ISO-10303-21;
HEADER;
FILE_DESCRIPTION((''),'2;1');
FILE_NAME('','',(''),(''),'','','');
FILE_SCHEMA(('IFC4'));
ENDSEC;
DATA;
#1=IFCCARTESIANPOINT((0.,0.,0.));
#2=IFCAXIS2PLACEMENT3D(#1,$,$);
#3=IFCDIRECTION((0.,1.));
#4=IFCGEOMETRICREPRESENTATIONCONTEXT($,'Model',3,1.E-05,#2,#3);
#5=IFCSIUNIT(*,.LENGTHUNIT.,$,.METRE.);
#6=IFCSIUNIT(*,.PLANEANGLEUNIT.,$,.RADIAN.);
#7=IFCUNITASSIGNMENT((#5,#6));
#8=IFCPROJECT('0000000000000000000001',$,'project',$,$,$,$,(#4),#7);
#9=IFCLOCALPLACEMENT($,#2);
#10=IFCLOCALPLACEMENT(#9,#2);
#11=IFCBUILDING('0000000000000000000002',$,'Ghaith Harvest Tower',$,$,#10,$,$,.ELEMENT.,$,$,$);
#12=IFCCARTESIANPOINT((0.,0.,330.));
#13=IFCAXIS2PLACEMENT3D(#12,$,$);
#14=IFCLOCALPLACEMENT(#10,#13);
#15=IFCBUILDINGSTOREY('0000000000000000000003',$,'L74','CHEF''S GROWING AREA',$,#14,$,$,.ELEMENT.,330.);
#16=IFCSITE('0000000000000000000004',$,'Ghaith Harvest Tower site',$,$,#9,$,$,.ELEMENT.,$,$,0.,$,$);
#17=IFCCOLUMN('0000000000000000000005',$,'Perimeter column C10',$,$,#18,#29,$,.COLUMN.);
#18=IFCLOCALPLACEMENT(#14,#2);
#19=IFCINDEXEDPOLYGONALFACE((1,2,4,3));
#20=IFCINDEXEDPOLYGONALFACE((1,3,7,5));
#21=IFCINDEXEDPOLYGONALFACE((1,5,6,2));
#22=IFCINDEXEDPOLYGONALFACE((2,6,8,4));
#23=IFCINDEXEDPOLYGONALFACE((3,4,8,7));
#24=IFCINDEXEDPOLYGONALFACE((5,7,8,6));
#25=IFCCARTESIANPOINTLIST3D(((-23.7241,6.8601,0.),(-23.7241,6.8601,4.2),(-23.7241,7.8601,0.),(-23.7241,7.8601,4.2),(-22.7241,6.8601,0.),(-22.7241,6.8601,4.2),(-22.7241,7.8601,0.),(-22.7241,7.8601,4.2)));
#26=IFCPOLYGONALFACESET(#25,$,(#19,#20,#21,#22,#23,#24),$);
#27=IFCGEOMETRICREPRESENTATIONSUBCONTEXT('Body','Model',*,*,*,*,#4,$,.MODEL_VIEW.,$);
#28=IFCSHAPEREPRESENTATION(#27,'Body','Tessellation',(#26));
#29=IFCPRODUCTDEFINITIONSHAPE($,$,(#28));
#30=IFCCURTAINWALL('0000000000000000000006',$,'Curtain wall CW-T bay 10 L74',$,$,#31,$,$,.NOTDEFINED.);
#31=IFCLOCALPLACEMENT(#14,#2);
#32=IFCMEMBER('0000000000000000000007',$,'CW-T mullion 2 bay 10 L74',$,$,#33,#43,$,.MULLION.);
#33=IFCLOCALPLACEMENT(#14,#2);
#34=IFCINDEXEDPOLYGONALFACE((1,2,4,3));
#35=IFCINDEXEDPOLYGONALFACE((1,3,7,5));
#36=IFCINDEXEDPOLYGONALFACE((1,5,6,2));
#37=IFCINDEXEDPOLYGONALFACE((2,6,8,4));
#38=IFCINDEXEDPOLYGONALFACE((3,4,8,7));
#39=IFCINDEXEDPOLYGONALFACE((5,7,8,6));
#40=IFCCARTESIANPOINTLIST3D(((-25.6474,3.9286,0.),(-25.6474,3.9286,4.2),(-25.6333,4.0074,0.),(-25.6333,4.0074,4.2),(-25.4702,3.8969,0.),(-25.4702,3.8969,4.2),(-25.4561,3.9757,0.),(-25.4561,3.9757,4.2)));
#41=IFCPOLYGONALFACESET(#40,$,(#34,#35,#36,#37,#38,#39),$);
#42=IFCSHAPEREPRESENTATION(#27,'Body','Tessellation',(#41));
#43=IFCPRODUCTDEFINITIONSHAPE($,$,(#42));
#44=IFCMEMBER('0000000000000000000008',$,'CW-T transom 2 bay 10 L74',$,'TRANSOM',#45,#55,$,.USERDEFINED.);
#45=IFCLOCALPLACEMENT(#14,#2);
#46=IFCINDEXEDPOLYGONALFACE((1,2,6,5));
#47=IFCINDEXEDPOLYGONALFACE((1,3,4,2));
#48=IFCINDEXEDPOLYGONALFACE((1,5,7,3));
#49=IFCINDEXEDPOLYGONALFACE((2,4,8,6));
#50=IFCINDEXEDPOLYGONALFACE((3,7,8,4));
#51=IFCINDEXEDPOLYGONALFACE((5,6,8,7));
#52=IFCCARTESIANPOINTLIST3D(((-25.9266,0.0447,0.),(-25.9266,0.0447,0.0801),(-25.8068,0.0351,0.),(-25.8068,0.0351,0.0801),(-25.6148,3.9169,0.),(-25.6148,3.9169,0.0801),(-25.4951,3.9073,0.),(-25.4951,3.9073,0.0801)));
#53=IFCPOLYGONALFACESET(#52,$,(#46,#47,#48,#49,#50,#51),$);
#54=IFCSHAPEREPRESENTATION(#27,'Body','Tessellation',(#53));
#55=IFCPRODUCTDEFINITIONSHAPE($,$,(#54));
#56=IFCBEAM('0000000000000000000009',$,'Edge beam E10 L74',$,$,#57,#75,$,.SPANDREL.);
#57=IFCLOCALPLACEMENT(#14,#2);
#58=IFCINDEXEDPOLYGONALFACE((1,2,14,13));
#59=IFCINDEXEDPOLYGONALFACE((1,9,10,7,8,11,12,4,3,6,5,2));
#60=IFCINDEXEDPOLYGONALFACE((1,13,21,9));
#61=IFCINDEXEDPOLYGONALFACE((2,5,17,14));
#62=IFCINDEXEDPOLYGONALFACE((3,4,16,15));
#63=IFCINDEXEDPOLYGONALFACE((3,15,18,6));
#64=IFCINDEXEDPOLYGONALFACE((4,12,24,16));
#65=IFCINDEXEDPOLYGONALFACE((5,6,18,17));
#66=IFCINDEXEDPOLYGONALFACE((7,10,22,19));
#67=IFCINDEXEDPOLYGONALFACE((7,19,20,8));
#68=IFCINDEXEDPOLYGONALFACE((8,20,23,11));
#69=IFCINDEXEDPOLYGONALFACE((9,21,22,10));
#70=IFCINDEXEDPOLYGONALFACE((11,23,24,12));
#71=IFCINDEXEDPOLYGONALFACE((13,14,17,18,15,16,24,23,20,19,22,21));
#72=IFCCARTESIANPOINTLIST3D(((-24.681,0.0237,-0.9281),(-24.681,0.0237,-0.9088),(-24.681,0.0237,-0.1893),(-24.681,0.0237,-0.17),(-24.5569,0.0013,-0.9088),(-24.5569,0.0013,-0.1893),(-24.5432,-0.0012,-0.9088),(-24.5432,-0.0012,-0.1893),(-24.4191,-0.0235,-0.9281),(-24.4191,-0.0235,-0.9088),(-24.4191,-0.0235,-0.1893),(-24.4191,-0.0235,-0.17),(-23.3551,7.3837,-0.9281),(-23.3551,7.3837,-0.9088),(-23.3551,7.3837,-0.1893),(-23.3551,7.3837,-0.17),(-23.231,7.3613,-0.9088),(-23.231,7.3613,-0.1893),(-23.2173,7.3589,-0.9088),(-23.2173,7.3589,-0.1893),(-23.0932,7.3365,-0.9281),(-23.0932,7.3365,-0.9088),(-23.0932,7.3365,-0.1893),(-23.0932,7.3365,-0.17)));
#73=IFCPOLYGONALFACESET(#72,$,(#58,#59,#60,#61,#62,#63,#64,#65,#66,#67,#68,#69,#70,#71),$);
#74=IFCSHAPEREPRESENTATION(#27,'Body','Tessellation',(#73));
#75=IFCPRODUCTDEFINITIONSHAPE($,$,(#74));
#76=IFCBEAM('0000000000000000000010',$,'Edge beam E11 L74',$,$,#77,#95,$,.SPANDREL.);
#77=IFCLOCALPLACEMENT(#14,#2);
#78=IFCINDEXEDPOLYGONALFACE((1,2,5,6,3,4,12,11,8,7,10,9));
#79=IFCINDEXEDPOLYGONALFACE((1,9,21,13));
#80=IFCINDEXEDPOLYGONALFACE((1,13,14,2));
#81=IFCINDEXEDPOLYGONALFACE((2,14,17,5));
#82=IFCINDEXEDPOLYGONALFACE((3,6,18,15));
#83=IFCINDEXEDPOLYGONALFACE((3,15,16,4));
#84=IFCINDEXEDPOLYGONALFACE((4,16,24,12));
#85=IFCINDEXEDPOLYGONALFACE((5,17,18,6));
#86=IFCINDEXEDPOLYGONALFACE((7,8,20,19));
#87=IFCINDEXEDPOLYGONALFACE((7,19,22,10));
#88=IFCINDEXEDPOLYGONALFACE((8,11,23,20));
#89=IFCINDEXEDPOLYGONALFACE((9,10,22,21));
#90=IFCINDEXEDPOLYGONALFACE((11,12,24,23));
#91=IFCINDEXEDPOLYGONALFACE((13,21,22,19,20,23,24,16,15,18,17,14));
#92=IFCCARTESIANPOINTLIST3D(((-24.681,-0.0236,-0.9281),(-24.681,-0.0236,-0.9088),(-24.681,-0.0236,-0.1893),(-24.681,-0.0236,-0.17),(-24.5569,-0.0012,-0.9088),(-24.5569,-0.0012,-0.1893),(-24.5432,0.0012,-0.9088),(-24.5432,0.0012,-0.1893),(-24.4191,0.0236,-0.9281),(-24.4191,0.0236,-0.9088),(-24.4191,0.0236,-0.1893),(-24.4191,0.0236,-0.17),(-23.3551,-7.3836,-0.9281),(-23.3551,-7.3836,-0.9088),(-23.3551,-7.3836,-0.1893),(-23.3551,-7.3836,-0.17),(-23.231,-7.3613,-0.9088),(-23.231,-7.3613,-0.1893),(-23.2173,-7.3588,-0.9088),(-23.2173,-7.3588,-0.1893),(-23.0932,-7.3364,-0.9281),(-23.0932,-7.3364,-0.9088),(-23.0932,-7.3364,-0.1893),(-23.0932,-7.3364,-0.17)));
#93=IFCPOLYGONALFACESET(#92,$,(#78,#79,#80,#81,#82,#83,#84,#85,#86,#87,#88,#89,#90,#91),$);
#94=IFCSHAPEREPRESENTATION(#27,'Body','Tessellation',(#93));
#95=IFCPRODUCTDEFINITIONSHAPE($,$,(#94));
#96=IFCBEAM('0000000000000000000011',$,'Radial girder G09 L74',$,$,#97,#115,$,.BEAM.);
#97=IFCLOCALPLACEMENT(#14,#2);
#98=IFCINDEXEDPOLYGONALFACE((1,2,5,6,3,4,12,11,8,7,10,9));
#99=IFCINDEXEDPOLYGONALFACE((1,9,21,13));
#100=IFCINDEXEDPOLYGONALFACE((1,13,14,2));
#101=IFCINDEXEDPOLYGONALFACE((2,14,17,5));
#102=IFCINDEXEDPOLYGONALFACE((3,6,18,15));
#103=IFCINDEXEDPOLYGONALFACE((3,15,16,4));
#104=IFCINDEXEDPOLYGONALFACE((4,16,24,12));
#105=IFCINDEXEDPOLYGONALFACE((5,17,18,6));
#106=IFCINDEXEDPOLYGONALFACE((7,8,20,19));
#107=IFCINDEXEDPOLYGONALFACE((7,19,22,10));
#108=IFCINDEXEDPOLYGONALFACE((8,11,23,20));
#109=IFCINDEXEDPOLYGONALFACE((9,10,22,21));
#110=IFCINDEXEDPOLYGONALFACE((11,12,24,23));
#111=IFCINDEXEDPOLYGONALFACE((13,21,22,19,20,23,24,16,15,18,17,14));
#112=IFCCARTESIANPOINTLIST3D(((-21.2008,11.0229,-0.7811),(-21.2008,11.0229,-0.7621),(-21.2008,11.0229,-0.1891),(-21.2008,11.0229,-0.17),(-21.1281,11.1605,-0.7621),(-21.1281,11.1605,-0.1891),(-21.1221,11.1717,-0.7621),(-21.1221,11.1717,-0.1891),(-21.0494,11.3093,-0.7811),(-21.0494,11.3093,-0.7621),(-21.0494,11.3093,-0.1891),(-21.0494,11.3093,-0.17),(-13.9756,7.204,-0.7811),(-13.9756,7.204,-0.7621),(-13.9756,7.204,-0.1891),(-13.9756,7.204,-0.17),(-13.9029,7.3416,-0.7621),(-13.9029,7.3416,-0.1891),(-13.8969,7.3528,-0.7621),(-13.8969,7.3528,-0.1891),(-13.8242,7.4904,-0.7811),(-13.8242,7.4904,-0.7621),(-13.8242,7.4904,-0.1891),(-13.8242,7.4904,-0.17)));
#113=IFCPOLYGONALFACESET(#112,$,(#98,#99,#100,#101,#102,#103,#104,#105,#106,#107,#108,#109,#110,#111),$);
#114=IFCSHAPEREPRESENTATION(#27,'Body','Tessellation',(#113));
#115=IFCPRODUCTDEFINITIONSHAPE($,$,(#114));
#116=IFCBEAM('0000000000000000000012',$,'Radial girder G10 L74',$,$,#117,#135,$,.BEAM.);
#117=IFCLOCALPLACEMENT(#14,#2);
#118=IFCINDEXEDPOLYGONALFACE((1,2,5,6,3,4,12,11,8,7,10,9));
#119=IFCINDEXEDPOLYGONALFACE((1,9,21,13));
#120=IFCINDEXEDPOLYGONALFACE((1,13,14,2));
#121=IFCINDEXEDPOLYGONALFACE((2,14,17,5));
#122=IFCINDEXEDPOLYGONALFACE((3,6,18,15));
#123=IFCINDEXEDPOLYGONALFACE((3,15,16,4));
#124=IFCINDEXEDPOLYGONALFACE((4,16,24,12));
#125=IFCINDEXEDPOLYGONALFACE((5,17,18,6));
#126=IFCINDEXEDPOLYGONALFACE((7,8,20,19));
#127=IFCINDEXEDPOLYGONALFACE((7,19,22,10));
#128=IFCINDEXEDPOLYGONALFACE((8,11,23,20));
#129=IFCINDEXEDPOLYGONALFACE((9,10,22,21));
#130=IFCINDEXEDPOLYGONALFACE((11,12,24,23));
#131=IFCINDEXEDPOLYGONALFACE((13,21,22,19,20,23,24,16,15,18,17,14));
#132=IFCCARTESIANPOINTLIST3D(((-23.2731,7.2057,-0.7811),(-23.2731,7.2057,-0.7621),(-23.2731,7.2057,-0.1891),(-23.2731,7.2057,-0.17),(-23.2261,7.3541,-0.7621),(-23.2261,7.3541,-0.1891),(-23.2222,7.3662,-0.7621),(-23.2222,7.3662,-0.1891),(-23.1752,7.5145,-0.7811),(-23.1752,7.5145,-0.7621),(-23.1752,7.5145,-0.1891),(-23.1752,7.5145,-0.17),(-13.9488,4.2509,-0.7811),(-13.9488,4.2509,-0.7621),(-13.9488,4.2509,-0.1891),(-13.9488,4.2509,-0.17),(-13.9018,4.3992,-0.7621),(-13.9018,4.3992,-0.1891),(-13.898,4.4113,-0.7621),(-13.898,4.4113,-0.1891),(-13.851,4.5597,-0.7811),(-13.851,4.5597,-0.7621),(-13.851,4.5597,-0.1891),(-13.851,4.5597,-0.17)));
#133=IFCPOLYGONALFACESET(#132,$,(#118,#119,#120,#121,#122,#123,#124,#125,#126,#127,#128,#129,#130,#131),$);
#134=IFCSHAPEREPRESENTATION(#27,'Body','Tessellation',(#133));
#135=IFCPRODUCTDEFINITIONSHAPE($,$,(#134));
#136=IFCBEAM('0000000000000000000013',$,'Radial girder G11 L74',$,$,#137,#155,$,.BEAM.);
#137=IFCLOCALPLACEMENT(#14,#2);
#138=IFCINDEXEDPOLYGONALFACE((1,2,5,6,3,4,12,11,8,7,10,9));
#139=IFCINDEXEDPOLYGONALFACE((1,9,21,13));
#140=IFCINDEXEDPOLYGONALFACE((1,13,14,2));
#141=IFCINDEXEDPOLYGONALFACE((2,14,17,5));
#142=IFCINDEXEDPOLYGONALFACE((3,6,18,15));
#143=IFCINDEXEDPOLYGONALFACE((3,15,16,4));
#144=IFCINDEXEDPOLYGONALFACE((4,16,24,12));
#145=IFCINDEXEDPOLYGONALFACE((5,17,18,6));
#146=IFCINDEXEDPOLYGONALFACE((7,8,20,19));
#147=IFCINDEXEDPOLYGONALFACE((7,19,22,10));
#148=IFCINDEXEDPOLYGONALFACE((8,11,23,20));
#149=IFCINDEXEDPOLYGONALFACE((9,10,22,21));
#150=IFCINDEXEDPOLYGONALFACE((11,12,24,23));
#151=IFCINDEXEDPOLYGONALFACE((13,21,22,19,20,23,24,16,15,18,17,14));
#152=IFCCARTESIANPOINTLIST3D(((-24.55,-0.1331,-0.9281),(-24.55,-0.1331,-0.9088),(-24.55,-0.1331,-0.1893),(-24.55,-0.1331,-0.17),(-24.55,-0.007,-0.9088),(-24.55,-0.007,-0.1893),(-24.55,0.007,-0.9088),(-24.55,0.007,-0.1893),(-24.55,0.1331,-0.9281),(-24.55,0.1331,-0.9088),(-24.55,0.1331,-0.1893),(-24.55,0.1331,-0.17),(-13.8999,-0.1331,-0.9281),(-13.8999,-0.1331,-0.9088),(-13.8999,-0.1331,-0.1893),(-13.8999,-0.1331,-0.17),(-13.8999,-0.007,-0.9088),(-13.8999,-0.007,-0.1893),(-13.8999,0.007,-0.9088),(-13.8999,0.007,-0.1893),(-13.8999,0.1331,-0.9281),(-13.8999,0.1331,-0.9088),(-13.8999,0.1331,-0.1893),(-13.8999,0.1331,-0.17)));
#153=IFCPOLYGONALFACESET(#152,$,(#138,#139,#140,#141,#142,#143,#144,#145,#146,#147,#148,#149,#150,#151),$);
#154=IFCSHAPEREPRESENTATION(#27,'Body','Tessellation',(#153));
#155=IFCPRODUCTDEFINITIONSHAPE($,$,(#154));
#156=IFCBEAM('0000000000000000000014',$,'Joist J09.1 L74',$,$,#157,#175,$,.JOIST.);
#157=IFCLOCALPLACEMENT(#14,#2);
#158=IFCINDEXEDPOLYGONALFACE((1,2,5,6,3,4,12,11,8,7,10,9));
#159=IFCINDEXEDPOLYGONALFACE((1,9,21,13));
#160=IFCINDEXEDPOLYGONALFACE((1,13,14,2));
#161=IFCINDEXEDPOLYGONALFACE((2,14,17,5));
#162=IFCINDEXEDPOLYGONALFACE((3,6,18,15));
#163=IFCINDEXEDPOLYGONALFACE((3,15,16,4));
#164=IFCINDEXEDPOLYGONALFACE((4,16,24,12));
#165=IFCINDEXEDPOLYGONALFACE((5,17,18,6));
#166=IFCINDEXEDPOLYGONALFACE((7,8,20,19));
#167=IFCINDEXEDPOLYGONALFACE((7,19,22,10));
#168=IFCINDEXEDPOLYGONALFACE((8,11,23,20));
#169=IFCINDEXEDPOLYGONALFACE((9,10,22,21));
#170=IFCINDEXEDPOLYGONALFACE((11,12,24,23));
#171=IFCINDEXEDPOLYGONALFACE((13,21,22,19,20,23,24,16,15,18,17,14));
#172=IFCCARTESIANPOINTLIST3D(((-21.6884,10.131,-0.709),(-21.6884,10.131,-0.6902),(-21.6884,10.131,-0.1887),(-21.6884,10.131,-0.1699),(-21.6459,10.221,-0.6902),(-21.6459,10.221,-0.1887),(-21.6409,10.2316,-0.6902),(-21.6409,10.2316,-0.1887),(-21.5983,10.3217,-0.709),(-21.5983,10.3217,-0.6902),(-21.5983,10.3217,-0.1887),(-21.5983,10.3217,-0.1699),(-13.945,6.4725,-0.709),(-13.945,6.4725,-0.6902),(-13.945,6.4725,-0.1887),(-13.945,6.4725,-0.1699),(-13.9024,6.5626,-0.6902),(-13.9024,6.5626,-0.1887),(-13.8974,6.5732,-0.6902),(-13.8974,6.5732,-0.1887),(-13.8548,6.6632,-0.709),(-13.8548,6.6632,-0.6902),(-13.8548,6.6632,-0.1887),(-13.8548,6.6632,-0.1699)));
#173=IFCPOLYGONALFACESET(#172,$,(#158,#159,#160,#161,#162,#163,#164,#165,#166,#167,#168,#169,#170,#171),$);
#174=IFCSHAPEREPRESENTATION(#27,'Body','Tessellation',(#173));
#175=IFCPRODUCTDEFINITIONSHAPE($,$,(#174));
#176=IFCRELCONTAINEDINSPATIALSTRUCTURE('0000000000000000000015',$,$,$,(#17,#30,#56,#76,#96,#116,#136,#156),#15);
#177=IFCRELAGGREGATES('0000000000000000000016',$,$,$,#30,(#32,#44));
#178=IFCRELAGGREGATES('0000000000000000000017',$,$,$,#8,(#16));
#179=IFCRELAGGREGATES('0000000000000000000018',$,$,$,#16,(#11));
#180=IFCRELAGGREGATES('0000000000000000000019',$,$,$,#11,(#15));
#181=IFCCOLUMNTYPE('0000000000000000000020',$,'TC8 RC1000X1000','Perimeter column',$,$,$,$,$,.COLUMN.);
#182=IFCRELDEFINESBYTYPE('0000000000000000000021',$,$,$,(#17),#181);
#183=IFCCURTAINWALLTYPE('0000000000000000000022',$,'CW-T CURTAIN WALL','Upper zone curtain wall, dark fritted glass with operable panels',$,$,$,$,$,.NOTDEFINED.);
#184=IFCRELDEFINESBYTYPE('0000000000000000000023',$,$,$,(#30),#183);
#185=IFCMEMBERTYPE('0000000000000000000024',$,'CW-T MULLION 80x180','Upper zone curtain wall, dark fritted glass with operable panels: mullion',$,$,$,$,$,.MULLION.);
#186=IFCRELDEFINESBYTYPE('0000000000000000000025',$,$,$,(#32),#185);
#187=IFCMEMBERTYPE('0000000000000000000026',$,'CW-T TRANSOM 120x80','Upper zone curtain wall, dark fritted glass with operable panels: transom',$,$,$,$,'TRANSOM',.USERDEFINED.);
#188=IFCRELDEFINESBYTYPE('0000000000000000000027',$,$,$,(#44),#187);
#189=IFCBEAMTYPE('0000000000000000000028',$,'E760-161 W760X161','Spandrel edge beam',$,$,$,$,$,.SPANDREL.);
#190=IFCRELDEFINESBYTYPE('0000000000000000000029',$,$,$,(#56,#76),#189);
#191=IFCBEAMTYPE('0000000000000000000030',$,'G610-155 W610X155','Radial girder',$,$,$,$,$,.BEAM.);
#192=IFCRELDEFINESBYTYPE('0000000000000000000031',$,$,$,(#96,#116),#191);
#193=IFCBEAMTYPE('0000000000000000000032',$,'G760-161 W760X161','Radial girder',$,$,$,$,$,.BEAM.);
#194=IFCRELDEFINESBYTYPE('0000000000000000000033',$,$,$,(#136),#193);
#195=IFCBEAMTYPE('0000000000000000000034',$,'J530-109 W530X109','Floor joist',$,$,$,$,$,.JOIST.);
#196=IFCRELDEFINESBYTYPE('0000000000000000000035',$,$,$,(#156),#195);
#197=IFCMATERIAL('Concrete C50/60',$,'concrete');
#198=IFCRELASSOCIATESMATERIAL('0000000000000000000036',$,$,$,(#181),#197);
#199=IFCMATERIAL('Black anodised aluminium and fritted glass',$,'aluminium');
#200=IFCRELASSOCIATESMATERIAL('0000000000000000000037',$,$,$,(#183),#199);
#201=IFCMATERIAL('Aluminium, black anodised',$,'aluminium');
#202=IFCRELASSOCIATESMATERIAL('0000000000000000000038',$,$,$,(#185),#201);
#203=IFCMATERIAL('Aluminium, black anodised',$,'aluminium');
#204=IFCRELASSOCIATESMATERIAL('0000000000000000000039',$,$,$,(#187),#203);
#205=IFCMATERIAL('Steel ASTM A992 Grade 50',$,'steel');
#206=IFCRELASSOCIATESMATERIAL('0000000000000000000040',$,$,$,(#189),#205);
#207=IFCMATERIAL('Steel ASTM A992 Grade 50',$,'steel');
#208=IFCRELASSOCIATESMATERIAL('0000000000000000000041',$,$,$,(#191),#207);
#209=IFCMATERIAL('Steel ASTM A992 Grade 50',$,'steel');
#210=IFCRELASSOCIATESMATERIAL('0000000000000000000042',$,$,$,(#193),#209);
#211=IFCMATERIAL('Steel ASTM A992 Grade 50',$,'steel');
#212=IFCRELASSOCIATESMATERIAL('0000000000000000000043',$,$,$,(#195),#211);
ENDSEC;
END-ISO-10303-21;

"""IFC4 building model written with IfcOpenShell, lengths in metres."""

from ifc_helpers import new_model, si_unit, direction, frame, origin, origin_2d, place, context, subcontext, project, spatial, rectangle, i_section, extrude, material, material_profile, profile_set, type_object, element, aggregate, save


model = new_model("IFC4")

# Units and contexts
model_context = context("Model", 3, precision=1e-05, world=origin(), true_north=direction((0.0, 1.0)))
body_context = subcontext(model_context, "Body", "Model", "MODEL_VIEW")
ifc_project = project(units=[si_unit("LENGTHUNIT", "METRE"), si_unit("PLANEANGLEUNIT", "RADIAN")], contexts=[model_context])

# Site, building, storey
site_placement = place(None, origin())
site = spatial("IfcSite", under=ifc_project, at=site_placement, Name="Ghaith Harvest Tower site", CompositionType="ELEMENT", RefElevation=0.0)
building_placement = place(site_placement, origin())
building = spatial("IfcBuilding", under=site, at=building_placement, Name="Ghaith Harvest Tower", CompositionType="ELEMENT")
storey_placement = place(building_placement, frame((0.0, 0.0, 330.0)))
storey = spatial("IfcBuildingStorey", under=building, at=storey_placement, Name="L74", Description="CHEF'S GROWING AREA", CompositionType="ELEMENT", Elevation=330.0)

# Column
ifc_material_1 = material(Name="Concrete C50/60", Category="concrete")
ifc_material_profile_1 = material_profile(ifc_material_1, rectangle(XDim=1.0, YDim=1.0, at=origin_2d()), Name="RC1000X1000")
ifc_profile_set_1 = profile_set([ifc_material_profile_1], Name="Concrete C50/60")
column_type = type_object("IfcColumnType", Name="TC8 RC1000X1000", Description="Perimeter column", PredefinedType="COLUMN", material=ifc_profile_set_1)
column_placement = place(storey_placement, frame((-23.2241, 7.3601, 0.0), z_axis=(0.0, 0.0, 1.0), x_axis=(1.0, 0.0, 0.0)))
element("IfcColumn", 1, at=column_placement, inside=storey, type_object=column_type, Name="Perimeter column C10", PredefinedType="COLUMN", context=body_context, shape_type="SweptSolid", body=[
    extrude(rectangle(XDim=1.0, YDim=1.0, at=origin_2d()), origin(), (0.0, 0.0, 1.0), 4.2),
])

# Curtain wall, members
ifc_material_2 = material(Name="Black anodised aluminium and fritted glass", Category="aluminium")
curtain_wall_type = type_object("IfcCurtainWallType", Name="CW-T CURTAIN WALL", Description="Upper zone curtain wall, dark fritted glass with operable panels", PredefinedType="NOTDEFINED", material=ifc_material_2)
curtain_wall_placement = place(storey_placement, origin())
curtain_wall = element("IfcCurtainWall", 2, at=curtain_wall_placement, inside=storey, type_object=curtain_wall_type, Name="Curtain wall CW-T bay 10 L74", PredefinedType="NOTDEFINED")
ifc_material_3 = material(Name="Aluminium, black anodised", Category="aluminium")
ifc_material_profile_2 = material_profile(ifc_material_3, rectangle(XDim=0.0801, YDim=0.1799, at=origin_2d()), Name="CW-T MULLION 80x180")
ifc_profile_set_2 = profile_set([ifc_material_profile_2], Name="Aluminium, black anodised")
member_type_1 = type_object("IfcMemberType", Name="CW-T MULLION 80x180", Description="Upper zone curtain wall, dark fritted glass with operable panels: mullion", PredefinedType="MULLION", material=ifc_profile_set_2)
member_1_placement = place(storey_placement, frame((-25.5518, 3.9521, 0.0), z_axis=(0.0, 0.0, 1.0), x_axis=(-0.176001, -0.98439, 0.0)))
member_1 = element("IfcMember", 3, at=member_1_placement, type_object=member_type_1, Name="CW-T mullion 2 bay 10 L74", PredefinedType="MULLION", context=body_context, shape_type="SweptSolid", body=[
    extrude(rectangle(XDim=0.0801, YDim=0.1799, at=origin_2d()), origin(), (0.0, 0.0, 1.0), 4.2),
])
ifc_material_4 = material(Name="Aluminium, black anodised", Category="aluminium")
ifc_material_profile_3 = material_profile(ifc_material_4, rectangle(XDim=0.1201, YDim=0.0801, at=origin_2d()), Name="CW-T TRANSOM 120x80")
ifc_profile_set_3 = profile_set([ifc_material_profile_3], Name="Aluminium, black anodised")
member_type_2 = type_object("IfcMemberType", Name="CW-T TRANSOM 120x80", Description="Upper zone curtain wall, dark fritted glass with operable panels: transom", ElementType="TRANSOM", PredefinedType="USERDEFINED", material=ifc_profile_set_3)
member_2_placement = place(storey_placement, frame((-25.5549, 3.9121, 0.04), z_axis=(-0.080252, -0.996775, 0.0), x_axis=(0.996775, -0.080252, 0.0)))
member_2 = element("IfcMember", 4, at=member_2_placement, type_object=member_type_2, Name="CW-T transom 2 bay 10 L74", ObjectType="TRANSOM", PredefinedType="USERDEFINED", context=body_context, shape_type="SweptSolid", body=[
    extrude(rectangle(XDim=0.1201, YDim=0.0801, at=origin_2d()), origin(), (0.0, 0.0, 1.0), 3.8848),
])

# Beams
ifc_material_5 = material(Name="Steel ASTM A992 Grade 50", Category="steel")
ifc_material_profile_4 = material_profile(ifc_material_5, i_section(OverallWidth=0.2661, OverallDepth=0.7581, WebThickness=0.0139, FlangeThickness=0.0193, at=origin_2d()), Name="W760X161")
ifc_profile_set_4 = profile_set([ifc_material_profile_4], Name="Steel ASTM A992 Grade 50")
beam_type_1 = type_object("IfcBeamType", Name="E760-161 W760X161", Description="Spandrel edge beam", PredefinedType="SPANDREL", material=ifc_profile_set_4)
for number, where, z_axis, x_axis, name in (
    (5, (-23.2241, 7.3601, -0.5491), (-0.177297, -0.984157, 0.0), (0.984157, -0.177297, 0.0), "Edge beam E10 L74"),
    (6, (-24.55, 0.0, -0.5491), (0.177297, -0.984157, 0.0), (0.984157, 0.177297, 0.0), "Edge beam E11 L74"),
):
    element("IfcBeam", number, at=place(storey_placement, frame(where, z_axis=z_axis, x_axis=x_axis)), inside=storey, type_object=beam_type_1, Name=name, PredefinedType="SPANDREL", context=body_context, shape_type="SweptSolid", body=[
        extrude(i_section(OverallWidth=0.2661, OverallDepth=0.7581, WebThickness=0.0139, FlangeThickness=0.0193, at=origin_2d()), origin(), (0.0, 0.0, 1.0), 7.4785),
    ])
ifc_material_6 = material(Name="Steel ASTM A992 Grade 50", Category="steel")
ifc_material_profile_5 = material_profile(ifc_material_6, i_section(OverallWidth=0.324, OverallDepth=0.6111, WebThickness=0.0127, FlangeThickness=0.019, at=origin_2d()), Name="W610X155")
ifc_profile_set_5 = profile_set([ifc_material_profile_5], Name="Steel ASTM A992 Grade 50")
beam_type_2 = type_object("IfcBeamType", Name="G610-155 W610X155", Description="Radial girder", PredefinedType="BEAM", material=ifc_profile_set_5)
beam_1_placement = place(storey_placement, frame((-13.8999, 7.3472, -0.4756), z_axis=(-0.884102, 0.467295, 0.0), x_axis=(-0.467295, -0.884102, 0.0)))
element("IfcBeam", 7, at=beam_1_placement, inside=storey, type_object=beam_type_2, Name="Radial girder G09 L74", PredefinedType="BEAM", context=body_context, shape_type="SweptSolid", body=[
    extrude(i_section(OverallWidth=0.324, OverallDepth=0.6111, WebThickness=0.0127, FlangeThickness=0.019, at=origin_2d()), origin(), (0.0, 0.0, 1.0), 8.1724),
])
beam_2_placement = place(storey_placement, frame((-13.8999, 4.4053, -0.4756), z_axis=(-0.953279, 0.302093, 0.0), x_axis=(-0.302093, -0.953279, 0.0)))
element("IfcBeam", 8, at=beam_2_placement, inside=storey, type_object=beam_type_2, Name="Radial girder G10 L74", PredefinedType="BEAM", context=body_context, shape_type="SweptSolid", body=[
    extrude(i_section(OverallWidth=0.324, OverallDepth=0.6111, WebThickness=0.0127, FlangeThickness=0.019, at=origin_2d()), origin(), (0.0, 0.0, 1.0), 9.7812),
])
ifc_material_7 = material(Name="Steel ASTM A992 Grade 50", Category="steel")
ifc_material_profile_6 = material_profile(ifc_material_7, i_section(OverallWidth=0.2661, OverallDepth=0.7581, WebThickness=0.0139, FlangeThickness=0.0193, at=origin_2d()), Name="W760X161")
ifc_profile_set_6 = profile_set([ifc_material_profile_6], Name="Steel ASTM A992 Grade 50")
beam_type_3 = type_object("IfcBeamType", Name="G760-161 W760X161", Description="Radial girder", PredefinedType="BEAM", material=ifc_profile_set_6)
beam_3_placement = place(storey_placement, frame((-13.8999, 0.0, -0.5491), z_axis=(-1.0, 0.0, 0.0), x_axis=(0.0, -1.0, 0.0)))
element("IfcBeam", 9, at=beam_3_placement, inside=storey, type_object=beam_type_3, Name="Radial girder G11 L74", PredefinedType="BEAM", context=body_context, shape_type="SweptSolid", body=[
    extrude(i_section(OverallWidth=0.2661, OverallDepth=0.7581, WebThickness=0.0139, FlangeThickness=0.0193, at=origin_2d()), origin(), (0.0, 0.0, 1.0), 10.6501),
])
ifc_material_8 = material(Name="Steel ASTM A992 Grade 50", Category="steel")
ifc_material_profile_7 = material_profile(ifc_material_8, i_section(OverallWidth=0.2109, OverallDepth=0.5391, WebThickness=0.0117, FlangeThickness=0.0188, at=origin_2d()), Name="W530X109")
ifc_profile_set_7 = profile_set([ifc_material_profile_7], Name="Steel ASTM A992 Grade 50")
beam_type_4 = type_object("IfcBeamType", Name="J530-109 W530X109", Description="Floor joist", PredefinedType="JOIST", material=ifc_profile_set_7)
beam_4_placement = place(storey_placement, frame((-13.8999, 6.5679, -0.4395), z_axis=(-0.904166, 0.427182, 0.0), x_axis=(-0.427182, -0.904166, 0.0)))
element("IfcBeam", 10, at=beam_4_placement, inside=storey, type_object=beam_type_4, Name="Joist J09.1 L74", PredefinedType="JOIST", context=body_context, shape_type="SweptSolid", body=[
    extrude(i_section(OverallWidth=0.2109, OverallDepth=0.5391, WebThickness=0.0117, FlangeThickness=0.0188, at=origin_2d()), origin(), (0.0, 0.0, 1.0), 8.5642),
])

aggregate(curtain_wall, [member_1, member_2])

save(model, "model.ifc")
